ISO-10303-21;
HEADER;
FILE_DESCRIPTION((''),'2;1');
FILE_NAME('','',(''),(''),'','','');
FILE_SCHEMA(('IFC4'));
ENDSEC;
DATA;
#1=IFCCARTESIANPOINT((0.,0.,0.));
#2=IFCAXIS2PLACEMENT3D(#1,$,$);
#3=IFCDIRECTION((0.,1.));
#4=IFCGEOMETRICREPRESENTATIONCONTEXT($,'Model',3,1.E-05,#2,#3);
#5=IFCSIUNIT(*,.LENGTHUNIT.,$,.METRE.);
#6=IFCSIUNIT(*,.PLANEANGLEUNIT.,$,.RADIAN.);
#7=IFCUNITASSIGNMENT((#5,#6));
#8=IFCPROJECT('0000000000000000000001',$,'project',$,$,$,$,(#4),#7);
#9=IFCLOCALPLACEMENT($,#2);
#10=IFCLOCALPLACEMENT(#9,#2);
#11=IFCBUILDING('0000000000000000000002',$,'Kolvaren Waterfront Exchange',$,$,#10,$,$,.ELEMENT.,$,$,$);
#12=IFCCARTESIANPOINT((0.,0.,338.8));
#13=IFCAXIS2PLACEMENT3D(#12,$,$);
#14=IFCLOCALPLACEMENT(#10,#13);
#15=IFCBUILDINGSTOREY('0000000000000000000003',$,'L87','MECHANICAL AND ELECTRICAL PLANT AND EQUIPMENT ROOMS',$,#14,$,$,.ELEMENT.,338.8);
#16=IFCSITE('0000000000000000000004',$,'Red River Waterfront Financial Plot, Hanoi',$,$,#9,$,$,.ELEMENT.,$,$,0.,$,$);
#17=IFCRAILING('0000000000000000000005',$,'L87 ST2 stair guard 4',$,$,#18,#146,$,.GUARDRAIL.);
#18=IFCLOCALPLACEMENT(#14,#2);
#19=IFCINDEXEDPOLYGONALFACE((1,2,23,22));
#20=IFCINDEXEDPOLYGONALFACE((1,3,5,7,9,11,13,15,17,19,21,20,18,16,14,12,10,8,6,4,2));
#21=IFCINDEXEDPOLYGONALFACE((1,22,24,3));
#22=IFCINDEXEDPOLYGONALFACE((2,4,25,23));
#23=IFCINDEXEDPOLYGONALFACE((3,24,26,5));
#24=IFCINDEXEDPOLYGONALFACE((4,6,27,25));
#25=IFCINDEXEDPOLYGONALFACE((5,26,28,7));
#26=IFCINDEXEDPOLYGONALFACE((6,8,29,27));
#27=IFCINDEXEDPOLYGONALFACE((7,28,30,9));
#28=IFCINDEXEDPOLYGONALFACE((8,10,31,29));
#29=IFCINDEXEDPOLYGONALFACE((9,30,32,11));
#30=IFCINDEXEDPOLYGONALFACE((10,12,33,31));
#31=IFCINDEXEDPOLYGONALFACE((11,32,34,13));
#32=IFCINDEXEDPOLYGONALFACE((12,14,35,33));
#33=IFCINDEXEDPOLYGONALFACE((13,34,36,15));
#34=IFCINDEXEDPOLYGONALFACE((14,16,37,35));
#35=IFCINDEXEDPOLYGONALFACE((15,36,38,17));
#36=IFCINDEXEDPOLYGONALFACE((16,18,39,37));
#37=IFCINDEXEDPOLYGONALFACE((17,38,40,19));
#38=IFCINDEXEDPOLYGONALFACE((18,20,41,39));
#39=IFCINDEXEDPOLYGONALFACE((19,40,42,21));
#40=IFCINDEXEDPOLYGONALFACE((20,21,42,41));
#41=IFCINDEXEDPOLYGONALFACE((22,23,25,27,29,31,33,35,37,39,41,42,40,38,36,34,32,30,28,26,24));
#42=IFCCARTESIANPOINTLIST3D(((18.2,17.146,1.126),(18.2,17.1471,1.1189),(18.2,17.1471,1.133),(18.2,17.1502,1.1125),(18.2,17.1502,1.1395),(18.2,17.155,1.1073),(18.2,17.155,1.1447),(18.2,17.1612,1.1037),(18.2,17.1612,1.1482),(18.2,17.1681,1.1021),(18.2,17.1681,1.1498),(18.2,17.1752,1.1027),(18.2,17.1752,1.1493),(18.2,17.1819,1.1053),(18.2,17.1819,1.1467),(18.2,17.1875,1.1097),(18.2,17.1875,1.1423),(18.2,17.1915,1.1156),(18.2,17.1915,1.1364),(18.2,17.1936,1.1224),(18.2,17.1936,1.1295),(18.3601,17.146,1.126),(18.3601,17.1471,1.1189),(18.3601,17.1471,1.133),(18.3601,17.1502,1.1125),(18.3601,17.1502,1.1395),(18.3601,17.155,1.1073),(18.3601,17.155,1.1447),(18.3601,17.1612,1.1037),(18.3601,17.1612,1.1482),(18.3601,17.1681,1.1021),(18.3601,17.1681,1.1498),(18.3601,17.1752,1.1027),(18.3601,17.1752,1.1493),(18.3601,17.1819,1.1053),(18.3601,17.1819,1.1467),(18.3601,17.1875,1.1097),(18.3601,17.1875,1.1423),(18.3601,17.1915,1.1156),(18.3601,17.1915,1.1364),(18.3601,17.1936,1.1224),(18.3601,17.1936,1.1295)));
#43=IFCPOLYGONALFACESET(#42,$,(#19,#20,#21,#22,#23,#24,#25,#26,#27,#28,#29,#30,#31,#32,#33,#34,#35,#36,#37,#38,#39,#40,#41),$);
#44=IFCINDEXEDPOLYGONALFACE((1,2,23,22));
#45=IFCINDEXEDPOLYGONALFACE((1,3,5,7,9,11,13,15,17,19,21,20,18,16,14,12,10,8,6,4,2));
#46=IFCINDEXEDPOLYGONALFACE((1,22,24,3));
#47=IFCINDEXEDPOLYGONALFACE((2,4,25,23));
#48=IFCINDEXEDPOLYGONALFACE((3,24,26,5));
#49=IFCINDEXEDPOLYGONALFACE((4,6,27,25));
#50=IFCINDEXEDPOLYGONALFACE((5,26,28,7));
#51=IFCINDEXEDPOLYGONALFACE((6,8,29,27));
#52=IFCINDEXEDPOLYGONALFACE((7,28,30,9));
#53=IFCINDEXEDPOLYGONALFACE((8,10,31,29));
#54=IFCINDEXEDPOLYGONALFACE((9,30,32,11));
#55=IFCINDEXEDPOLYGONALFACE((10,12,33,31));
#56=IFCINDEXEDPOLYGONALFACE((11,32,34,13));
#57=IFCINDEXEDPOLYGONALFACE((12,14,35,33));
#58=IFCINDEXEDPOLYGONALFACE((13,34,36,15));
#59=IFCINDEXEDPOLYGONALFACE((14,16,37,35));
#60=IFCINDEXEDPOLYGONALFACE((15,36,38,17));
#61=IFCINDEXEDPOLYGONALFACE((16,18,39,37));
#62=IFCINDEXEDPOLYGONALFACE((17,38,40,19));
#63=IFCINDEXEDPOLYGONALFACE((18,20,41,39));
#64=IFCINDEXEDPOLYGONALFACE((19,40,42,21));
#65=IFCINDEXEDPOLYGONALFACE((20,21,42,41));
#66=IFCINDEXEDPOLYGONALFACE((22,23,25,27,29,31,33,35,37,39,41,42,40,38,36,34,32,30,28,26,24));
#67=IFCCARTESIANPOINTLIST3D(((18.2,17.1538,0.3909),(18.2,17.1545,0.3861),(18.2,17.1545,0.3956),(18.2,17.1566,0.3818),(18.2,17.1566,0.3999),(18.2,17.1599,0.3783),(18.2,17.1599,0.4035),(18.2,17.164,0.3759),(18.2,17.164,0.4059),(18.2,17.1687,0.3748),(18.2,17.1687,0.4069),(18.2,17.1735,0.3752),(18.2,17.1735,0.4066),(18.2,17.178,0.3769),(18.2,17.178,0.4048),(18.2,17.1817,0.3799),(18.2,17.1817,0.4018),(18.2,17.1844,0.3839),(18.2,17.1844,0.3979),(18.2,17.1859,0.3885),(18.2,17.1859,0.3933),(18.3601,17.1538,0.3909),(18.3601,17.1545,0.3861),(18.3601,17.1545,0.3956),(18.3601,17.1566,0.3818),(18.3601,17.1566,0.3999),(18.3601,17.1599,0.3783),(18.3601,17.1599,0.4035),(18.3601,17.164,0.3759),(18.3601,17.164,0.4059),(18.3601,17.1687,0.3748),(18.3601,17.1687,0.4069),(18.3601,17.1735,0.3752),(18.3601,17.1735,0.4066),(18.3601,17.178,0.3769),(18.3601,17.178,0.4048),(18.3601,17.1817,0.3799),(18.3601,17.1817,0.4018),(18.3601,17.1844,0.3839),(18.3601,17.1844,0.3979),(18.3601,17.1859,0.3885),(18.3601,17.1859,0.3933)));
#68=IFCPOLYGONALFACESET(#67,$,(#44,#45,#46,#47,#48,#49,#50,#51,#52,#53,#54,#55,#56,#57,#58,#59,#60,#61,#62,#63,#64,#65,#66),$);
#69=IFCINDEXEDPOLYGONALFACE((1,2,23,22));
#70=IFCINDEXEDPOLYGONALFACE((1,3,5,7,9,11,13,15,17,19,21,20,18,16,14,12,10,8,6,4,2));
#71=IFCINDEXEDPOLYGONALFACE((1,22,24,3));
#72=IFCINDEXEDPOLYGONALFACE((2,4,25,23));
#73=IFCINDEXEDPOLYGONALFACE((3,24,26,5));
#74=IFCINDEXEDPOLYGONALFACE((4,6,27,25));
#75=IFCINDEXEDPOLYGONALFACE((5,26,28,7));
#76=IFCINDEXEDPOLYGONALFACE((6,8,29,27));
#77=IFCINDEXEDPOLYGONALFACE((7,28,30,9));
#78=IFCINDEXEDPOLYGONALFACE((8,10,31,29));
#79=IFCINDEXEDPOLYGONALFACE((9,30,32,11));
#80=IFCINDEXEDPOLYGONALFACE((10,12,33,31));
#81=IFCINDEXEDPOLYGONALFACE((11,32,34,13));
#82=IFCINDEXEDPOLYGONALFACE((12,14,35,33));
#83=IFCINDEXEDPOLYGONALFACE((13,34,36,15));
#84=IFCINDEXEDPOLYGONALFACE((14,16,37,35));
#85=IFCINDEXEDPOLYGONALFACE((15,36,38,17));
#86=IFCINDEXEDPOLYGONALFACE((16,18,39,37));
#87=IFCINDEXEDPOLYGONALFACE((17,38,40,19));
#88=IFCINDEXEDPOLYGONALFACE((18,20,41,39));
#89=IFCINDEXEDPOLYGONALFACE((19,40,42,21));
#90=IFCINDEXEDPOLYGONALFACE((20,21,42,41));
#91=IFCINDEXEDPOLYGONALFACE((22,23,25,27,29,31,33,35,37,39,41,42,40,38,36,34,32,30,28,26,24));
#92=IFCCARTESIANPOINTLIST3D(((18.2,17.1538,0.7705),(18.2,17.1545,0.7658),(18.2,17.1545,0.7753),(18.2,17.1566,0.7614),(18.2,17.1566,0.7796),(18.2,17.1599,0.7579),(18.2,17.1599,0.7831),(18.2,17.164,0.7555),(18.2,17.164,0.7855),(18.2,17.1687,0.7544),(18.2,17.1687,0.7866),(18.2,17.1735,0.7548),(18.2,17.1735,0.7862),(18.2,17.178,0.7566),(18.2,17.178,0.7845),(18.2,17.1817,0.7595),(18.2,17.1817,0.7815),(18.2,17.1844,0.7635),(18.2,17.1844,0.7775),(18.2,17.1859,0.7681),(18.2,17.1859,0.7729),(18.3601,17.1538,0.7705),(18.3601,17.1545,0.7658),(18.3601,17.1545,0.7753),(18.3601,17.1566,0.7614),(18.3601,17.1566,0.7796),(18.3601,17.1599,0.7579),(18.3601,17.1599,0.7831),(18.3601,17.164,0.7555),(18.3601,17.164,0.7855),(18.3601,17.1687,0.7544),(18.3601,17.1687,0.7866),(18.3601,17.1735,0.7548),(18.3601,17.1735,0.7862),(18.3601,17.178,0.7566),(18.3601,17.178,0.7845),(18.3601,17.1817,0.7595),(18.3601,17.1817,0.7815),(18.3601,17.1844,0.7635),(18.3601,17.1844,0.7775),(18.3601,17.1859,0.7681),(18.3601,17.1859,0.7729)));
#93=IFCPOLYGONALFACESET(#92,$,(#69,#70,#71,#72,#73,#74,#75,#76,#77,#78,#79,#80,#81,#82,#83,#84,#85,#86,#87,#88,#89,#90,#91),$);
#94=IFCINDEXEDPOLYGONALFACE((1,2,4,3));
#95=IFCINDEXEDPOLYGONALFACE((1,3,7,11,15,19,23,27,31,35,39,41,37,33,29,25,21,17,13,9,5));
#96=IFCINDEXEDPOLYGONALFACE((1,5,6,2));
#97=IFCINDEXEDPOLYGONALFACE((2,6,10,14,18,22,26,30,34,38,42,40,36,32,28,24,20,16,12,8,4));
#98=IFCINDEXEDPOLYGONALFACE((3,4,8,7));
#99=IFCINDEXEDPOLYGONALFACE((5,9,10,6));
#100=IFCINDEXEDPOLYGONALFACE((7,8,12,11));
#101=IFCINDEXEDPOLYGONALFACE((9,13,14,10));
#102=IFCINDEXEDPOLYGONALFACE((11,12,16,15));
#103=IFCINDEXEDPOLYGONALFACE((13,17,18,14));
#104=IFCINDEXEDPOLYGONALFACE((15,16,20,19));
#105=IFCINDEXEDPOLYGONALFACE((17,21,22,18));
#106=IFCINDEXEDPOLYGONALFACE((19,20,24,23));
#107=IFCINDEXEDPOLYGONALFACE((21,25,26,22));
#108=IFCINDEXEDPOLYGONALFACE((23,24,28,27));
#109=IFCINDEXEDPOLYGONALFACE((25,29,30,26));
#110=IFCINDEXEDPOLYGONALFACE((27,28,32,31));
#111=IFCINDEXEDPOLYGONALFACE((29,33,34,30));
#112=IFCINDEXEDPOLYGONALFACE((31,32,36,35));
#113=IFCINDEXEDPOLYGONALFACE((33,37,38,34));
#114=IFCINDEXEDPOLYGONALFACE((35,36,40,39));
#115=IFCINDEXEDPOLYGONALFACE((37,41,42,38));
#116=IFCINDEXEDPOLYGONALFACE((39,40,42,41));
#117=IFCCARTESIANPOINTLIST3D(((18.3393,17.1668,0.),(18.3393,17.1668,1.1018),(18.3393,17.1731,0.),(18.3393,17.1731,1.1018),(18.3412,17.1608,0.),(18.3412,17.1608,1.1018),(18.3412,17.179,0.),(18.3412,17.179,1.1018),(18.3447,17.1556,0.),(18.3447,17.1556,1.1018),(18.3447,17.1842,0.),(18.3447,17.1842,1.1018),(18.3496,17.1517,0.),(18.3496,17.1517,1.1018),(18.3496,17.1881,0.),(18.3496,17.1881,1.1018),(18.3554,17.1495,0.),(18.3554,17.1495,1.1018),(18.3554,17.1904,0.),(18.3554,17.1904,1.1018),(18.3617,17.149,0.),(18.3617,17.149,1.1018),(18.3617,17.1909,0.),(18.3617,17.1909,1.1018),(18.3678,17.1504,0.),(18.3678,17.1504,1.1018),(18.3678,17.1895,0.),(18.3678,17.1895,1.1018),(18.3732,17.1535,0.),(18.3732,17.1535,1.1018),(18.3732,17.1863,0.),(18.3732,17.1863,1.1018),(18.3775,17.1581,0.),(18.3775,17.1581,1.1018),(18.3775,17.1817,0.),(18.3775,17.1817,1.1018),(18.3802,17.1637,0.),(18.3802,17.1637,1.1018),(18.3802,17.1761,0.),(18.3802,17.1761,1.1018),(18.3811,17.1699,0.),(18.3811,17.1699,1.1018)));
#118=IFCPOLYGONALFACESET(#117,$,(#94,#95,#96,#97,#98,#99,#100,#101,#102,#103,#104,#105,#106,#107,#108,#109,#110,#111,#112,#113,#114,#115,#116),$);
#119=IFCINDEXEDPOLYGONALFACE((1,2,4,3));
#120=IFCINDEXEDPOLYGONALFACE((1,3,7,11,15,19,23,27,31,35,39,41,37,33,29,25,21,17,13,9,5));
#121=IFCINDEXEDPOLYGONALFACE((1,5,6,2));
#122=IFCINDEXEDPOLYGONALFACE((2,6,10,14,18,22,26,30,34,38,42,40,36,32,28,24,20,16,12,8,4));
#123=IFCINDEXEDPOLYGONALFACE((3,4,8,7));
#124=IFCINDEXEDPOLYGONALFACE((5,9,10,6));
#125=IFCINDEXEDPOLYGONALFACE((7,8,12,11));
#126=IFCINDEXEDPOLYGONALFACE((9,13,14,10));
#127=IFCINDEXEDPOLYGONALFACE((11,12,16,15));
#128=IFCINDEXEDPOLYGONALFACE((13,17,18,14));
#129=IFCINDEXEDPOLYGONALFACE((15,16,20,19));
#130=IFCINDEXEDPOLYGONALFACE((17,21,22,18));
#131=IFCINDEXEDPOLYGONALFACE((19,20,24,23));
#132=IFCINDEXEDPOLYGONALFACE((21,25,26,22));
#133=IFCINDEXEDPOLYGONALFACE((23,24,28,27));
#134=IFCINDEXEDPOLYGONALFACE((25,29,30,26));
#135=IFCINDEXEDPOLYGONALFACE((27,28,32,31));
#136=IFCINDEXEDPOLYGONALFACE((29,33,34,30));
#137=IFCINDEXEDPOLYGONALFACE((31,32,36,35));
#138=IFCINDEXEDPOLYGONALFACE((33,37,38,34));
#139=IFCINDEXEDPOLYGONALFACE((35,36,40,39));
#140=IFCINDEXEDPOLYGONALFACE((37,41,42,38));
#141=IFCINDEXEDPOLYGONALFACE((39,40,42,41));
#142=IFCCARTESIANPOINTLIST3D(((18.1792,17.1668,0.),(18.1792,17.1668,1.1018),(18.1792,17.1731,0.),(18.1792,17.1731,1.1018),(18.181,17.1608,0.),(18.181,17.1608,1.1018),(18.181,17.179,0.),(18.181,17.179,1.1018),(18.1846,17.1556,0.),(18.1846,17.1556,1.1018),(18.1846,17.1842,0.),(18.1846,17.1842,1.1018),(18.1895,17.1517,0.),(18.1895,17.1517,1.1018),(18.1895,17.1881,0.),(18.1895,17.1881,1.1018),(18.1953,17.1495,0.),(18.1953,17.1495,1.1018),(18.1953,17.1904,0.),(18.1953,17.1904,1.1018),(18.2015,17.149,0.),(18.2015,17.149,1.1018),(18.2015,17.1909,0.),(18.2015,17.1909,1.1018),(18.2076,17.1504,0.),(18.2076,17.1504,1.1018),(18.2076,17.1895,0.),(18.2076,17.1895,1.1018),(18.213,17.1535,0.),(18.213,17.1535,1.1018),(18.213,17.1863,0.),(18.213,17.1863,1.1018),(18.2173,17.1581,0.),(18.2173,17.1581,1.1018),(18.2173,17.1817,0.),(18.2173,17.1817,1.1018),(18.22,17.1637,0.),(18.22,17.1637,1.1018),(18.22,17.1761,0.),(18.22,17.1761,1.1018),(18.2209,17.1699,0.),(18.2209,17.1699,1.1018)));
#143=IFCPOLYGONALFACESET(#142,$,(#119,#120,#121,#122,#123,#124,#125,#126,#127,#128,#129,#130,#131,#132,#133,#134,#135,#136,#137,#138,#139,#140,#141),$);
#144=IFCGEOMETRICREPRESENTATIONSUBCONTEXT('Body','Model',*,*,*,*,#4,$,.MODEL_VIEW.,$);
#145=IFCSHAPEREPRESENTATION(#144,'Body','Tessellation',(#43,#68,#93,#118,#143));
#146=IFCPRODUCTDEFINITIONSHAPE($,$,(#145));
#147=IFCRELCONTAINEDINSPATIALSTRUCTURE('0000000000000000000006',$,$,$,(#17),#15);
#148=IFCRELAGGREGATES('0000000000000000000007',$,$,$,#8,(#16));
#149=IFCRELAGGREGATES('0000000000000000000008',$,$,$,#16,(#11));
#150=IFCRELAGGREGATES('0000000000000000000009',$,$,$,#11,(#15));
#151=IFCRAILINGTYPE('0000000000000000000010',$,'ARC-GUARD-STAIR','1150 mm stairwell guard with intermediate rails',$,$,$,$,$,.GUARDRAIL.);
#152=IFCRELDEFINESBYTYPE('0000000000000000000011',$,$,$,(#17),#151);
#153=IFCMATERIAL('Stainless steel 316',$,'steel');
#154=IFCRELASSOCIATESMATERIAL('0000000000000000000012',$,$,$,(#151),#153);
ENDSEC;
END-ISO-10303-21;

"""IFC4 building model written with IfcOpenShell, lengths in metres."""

from ifc_helpers import new_model, si_unit, direction, frame, origin, origin_2d, place, context, subcontext, project, spatial, circle, extrude, material, type_object, element, save


model = new_model("IFC4")

# Units and contexts
model_context = context("Model", 3, precision=1e-05, world=origin(), true_north=direction((0.0, 1.0)))
body_context = subcontext(model_context, "Body", "Model", "MODEL_VIEW")
ifc_project = project(units=[si_unit("LENGTHUNIT", "METRE"), si_unit("PLANEANGLEUNIT", "RADIAN")], contexts=[model_context])

# Site, building, storey
site_placement = place(None, origin())
site = spatial("IfcSite", under=ifc_project, at=site_placement, Name="Red River Waterfront Financial Plot, Hanoi", CompositionType="ELEMENT", RefElevation=0.0)
building_placement = place(site_placement, origin())
building = spatial("IfcBuilding", under=site, at=building_placement, Name="Kolvaren Waterfront Exchange", CompositionType="ELEMENT")
storey_placement = place(building_placement, frame((0.0, 0.0, 338.8)))
storey = spatial("IfcBuildingStorey", under=building, at=storey_placement, Name="L87", Description="MECHANICAL AND ELECTRICAL PLANT AND EQUIPMENT ROOMS", CompositionType="ELEMENT", Elevation=338.8)

# Railing
ifc_material_1 = material(Name="Stainless steel 316", Category="steel")
railing_type_1 = type_object("IfcRailingType", Name="ARC-GUARD-STAIR", Description="1150 mm stairwell guard with intermediate rails", PredefinedType="GUARDRAIL", material=ifc_material_1)
railing_1_placement = place(storey_placement, frame((18.3601, 17.1699, 0.0)))
element("IfcRailing", 1, at=railing_1_placement, inside=storey, type_object=railing_type_1, Name="L87 ST2 stair guard 4", PredefinedType="GUARDRAIL", context=body_context, shape_type="SweptSolid", body=[
    extrude(circle(Radius=0.0239, at=origin_2d()), frame((0.0, 0.0, 1.126), z_axis=(-1.0, 0.0, 0.0), x_axis=(0.0, -1.0, 0.0)), (0.0, 0.0, 1.0), 0.1602),
    extrude(circle(Radius=0.0161, at=origin_2d()), frame((0.0, 0.0, 0.3909), z_axis=(-1.0, 0.0, 0.0), x_axis=(0.0, -1.0, 0.0)), (0.0, 0.0, 1.0), 0.1602),
    extrude(circle(Radius=0.0161, at=origin_2d()), frame((0.0, 0.0, 0.7705), z_axis=(-1.0, 0.0, 0.0), x_axis=(0.0, -1.0, 0.0)), (0.0, 0.0, 1.0), 0.1602),
    extrude(circle(Radius=0.021, at=origin_2d()), origin(), (0.0, 0.0, 1.0), 1.1018),
    extrude(circle(Radius=0.021, at=origin_2d()), frame((-0.1602, 0.0, 0.0)), (0.0, 0.0, 1.0), 1.1018),
])

save(model, "model.ifc")
